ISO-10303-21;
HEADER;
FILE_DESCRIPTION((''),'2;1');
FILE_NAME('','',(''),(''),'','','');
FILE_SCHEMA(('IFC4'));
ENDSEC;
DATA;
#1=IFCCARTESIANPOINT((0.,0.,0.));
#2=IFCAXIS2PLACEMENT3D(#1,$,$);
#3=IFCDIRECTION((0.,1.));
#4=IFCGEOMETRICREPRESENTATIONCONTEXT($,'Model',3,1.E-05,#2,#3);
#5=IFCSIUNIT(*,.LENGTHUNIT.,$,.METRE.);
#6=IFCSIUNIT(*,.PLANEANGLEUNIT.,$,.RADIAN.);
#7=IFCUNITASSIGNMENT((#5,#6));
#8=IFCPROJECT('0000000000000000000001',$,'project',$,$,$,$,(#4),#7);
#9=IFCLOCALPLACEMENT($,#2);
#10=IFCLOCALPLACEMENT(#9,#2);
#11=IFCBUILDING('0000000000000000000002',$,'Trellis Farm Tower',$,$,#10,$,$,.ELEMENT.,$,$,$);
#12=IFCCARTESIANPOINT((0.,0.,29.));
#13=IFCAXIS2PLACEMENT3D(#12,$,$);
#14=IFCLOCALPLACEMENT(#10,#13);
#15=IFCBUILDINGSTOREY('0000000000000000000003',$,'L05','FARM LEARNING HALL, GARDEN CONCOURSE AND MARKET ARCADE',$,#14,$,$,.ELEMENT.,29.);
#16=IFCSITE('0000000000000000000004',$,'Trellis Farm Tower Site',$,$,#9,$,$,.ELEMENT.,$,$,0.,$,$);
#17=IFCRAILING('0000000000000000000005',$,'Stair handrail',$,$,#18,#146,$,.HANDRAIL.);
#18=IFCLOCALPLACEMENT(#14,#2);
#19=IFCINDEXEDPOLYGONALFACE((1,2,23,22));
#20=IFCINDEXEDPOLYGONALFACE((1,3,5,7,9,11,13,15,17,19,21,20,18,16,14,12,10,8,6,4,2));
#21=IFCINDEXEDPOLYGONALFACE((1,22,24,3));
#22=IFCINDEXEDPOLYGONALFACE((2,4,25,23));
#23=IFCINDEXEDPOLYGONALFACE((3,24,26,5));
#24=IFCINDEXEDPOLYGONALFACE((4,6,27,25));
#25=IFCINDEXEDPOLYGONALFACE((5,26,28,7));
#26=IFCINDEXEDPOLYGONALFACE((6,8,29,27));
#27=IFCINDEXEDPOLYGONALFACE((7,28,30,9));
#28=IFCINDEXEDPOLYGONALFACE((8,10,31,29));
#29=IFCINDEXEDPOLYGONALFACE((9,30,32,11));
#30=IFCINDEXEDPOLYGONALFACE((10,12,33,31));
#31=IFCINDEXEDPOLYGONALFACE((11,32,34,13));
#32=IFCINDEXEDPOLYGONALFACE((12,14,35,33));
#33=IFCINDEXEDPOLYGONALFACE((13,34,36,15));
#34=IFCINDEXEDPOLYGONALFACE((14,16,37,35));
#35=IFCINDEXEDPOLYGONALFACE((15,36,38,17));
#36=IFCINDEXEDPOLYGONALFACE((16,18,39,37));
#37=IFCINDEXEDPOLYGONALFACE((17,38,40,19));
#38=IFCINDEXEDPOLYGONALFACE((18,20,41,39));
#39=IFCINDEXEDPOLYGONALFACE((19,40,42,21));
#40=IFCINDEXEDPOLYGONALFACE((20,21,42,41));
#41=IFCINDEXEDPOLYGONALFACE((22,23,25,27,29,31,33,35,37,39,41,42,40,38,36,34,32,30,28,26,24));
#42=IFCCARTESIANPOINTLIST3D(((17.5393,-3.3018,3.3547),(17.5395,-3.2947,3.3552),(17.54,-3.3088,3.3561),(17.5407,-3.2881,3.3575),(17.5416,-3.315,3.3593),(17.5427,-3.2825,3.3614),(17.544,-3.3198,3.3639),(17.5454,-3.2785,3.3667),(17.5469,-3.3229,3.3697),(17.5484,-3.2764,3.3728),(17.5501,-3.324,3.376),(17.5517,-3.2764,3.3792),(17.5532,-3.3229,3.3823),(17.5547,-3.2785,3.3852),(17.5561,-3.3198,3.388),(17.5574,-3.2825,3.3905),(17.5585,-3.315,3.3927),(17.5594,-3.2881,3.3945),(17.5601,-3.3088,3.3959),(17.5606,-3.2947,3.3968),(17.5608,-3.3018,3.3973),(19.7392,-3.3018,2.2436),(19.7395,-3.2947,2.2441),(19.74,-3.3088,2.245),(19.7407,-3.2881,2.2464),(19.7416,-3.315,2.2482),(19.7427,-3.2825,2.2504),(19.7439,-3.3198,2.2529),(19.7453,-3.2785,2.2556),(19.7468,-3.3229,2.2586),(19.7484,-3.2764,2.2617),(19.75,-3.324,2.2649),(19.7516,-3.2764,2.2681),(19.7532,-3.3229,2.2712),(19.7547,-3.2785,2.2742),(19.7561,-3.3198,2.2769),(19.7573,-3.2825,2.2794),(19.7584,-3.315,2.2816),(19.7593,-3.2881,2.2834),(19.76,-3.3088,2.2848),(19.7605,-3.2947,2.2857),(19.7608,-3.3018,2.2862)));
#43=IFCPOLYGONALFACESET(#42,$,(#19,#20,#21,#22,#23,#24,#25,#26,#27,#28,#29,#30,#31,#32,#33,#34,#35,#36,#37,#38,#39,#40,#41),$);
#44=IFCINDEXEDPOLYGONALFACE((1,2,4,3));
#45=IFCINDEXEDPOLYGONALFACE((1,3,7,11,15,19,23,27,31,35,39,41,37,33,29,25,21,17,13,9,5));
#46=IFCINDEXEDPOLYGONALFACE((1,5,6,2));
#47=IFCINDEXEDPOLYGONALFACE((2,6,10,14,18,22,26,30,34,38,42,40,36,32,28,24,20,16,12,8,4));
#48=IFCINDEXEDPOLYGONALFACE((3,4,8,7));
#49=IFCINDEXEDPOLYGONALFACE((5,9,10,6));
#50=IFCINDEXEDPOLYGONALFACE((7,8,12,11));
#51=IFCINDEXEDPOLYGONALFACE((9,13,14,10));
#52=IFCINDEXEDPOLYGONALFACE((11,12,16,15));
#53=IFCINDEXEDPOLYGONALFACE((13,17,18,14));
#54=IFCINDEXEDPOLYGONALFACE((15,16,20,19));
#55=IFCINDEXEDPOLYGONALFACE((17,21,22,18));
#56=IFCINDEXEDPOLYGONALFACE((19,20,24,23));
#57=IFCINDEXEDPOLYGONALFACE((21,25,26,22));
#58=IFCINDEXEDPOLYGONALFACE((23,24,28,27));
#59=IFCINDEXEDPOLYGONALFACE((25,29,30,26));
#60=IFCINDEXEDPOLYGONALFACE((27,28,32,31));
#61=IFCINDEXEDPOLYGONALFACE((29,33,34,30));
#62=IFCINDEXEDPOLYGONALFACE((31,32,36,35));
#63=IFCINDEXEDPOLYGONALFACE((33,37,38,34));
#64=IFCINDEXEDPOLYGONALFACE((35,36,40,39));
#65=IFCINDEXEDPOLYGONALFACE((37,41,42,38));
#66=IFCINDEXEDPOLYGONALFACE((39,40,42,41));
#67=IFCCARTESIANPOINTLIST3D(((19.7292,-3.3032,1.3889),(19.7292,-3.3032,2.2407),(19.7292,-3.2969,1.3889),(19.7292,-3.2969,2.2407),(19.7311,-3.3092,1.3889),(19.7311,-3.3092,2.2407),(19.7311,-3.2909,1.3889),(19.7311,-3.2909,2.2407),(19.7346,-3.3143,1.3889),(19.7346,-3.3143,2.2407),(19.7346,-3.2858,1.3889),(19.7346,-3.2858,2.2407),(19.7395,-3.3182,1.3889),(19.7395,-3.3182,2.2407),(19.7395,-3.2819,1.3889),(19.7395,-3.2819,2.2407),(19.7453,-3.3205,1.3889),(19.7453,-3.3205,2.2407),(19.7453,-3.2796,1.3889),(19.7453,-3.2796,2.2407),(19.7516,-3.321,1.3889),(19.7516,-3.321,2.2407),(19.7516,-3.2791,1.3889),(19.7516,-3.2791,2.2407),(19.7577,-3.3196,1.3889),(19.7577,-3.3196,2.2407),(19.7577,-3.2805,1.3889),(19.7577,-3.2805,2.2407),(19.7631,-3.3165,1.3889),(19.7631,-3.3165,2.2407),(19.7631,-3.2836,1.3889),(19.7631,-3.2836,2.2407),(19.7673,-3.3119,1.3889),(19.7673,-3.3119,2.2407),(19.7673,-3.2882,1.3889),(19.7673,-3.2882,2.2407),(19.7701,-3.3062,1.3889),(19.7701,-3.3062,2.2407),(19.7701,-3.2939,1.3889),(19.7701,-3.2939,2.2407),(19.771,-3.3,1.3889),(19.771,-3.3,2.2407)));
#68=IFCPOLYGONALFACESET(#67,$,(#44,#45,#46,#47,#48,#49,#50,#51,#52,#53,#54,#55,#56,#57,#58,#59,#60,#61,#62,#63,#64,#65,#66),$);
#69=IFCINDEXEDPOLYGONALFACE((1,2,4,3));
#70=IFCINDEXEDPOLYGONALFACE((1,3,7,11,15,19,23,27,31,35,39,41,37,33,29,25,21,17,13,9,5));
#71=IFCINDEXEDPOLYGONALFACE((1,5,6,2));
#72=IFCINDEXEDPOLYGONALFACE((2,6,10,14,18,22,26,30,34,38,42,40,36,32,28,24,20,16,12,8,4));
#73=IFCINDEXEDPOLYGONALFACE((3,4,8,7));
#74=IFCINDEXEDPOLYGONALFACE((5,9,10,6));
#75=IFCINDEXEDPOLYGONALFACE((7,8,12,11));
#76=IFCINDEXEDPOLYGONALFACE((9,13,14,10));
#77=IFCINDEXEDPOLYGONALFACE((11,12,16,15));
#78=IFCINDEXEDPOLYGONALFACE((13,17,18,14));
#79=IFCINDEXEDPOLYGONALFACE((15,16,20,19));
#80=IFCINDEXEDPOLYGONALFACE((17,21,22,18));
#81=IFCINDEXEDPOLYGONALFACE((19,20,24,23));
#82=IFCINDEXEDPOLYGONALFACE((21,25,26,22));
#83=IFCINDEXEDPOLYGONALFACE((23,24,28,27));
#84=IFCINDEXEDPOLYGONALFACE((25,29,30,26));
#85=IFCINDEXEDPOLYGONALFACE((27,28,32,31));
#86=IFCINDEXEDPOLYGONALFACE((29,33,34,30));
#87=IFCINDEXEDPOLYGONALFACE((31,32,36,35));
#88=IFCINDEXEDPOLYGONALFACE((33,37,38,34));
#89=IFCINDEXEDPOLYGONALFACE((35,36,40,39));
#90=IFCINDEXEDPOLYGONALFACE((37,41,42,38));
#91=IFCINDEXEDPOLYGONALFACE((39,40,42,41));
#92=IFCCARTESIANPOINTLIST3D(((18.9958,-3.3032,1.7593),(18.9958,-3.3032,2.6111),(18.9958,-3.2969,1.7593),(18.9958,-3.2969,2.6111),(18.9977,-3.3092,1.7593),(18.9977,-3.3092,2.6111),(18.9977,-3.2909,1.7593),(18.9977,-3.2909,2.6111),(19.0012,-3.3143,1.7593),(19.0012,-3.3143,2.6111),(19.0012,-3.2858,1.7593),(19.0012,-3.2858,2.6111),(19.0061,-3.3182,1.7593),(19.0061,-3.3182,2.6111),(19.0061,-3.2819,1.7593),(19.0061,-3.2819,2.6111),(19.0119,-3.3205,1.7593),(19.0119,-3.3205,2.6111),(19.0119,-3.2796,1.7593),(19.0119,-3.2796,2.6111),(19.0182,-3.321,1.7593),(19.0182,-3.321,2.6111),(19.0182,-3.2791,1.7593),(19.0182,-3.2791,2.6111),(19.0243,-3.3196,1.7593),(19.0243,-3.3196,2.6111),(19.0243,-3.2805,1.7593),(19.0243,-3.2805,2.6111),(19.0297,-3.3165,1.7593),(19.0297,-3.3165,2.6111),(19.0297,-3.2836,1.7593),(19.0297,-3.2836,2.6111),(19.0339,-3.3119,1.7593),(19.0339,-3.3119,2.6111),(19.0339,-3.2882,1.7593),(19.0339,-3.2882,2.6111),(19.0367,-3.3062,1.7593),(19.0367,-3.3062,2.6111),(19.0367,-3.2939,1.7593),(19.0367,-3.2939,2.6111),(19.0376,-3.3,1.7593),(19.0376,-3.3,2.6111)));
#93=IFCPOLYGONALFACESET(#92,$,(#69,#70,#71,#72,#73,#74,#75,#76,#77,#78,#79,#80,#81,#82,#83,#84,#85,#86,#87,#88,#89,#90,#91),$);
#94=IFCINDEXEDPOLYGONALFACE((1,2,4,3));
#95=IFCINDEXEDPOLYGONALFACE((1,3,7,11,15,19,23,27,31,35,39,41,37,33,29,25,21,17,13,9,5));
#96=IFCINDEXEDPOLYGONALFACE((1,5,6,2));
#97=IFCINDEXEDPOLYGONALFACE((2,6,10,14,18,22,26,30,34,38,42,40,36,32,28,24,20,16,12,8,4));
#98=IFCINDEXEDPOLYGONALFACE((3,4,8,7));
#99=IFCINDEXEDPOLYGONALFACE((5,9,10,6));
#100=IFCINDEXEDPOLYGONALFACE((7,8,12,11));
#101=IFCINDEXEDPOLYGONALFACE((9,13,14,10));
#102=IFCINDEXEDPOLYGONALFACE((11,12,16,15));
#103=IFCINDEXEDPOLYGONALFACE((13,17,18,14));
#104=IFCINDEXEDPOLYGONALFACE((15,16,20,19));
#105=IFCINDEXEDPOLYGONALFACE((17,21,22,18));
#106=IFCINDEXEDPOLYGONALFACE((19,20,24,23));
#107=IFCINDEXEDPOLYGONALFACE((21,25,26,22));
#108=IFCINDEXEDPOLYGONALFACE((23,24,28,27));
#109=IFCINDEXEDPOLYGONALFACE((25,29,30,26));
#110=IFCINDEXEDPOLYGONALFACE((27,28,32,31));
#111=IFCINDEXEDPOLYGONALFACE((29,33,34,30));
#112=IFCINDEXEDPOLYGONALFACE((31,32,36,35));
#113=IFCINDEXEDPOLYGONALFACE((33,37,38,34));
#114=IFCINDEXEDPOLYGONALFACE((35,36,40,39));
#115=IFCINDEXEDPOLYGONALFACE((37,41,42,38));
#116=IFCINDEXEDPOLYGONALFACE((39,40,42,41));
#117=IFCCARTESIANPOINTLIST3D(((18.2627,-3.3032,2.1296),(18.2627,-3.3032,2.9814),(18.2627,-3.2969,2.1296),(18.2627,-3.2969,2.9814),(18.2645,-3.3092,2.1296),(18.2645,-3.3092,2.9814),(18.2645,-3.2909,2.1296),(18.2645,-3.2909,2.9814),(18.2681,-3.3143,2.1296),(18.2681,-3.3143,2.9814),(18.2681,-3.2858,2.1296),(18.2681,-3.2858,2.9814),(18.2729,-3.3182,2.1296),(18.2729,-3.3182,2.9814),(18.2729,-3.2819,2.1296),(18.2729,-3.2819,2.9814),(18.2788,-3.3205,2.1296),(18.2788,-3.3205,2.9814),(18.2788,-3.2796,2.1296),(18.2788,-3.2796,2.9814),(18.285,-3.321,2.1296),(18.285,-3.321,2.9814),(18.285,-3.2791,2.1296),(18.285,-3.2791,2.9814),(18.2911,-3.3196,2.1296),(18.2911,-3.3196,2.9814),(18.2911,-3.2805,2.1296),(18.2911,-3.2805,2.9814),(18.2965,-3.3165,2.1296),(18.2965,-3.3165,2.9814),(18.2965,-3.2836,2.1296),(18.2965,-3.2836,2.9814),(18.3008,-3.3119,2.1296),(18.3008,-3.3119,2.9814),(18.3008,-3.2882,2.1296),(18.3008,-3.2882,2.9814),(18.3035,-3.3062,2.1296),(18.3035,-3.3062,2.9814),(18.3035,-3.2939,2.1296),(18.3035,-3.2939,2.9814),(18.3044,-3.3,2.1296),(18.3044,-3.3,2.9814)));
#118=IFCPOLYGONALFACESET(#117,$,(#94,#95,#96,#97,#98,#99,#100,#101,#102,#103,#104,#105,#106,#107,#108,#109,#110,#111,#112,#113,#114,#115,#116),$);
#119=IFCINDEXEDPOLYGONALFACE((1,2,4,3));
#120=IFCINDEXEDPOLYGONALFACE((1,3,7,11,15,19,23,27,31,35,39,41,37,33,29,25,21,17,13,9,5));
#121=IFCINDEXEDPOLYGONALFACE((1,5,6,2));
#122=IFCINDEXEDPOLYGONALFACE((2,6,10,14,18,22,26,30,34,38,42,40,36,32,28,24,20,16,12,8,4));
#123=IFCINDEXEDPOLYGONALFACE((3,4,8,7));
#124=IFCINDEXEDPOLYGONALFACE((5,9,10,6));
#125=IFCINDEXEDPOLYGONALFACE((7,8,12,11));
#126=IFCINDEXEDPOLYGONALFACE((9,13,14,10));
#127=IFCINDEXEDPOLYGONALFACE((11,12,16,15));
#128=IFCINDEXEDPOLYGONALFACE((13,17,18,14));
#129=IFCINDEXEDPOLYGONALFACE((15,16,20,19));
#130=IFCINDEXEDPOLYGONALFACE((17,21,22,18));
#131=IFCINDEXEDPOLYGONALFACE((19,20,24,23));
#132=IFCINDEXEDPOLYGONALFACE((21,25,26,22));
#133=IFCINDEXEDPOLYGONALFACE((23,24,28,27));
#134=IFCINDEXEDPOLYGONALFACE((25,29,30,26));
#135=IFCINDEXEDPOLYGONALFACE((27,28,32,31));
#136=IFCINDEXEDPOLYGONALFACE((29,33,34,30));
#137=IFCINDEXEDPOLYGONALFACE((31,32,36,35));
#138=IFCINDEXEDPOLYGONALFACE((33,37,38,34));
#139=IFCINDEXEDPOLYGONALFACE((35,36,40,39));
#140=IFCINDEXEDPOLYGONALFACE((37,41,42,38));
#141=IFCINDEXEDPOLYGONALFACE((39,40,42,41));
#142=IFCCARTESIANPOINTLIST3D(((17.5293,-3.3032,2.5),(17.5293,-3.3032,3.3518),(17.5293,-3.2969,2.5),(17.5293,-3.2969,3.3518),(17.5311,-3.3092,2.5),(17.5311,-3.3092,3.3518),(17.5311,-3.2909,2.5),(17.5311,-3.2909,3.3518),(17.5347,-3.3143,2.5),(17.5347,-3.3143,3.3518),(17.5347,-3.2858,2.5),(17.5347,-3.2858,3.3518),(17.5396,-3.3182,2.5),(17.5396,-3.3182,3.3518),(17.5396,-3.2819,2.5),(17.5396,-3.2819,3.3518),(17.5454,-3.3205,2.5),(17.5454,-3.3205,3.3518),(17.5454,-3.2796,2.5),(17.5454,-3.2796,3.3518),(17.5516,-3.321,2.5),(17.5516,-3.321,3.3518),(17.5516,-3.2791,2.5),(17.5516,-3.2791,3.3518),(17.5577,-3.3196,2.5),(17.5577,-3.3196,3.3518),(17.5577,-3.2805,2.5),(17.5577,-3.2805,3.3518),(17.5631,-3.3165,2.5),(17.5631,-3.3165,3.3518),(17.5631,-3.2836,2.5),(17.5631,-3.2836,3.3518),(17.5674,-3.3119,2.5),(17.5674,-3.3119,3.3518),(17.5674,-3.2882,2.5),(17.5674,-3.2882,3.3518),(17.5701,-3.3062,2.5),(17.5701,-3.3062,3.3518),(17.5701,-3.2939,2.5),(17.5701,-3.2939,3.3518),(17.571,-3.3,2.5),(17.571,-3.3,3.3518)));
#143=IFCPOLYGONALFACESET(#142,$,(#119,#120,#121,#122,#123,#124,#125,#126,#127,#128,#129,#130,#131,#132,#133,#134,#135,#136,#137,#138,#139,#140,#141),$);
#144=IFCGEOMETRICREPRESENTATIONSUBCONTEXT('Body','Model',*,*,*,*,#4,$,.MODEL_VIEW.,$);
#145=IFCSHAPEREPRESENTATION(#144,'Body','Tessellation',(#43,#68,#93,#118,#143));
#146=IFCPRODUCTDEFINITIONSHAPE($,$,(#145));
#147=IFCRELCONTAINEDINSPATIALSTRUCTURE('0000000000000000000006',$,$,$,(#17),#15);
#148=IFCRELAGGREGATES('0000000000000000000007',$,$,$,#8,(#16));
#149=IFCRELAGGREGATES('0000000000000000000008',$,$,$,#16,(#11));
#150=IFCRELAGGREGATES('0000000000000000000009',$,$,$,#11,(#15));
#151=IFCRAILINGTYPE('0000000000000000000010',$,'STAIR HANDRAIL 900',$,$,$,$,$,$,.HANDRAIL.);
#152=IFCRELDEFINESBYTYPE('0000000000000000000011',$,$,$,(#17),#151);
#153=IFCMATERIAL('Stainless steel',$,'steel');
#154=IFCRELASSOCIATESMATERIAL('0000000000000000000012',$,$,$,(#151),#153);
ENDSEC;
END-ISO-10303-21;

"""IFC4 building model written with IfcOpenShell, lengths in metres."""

from ifc_helpers import new_model, si_unit, direction, frame, origin, origin_2d, place, context, subcontext, project, spatial, circle, extrude, source, transform, mapped, material, type_object, element, save


model = new_model("IFC4")

# Units and contexts
model_context = context("Model", 3, precision=1e-05, world=origin(), true_north=direction((0.0, 1.0)))
body_context = subcontext(model_context, "Body", "Model", "MODEL_VIEW")
ifc_project = project(units=[si_unit("LENGTHUNIT", "METRE"), si_unit("PLANEANGLEUNIT", "RADIAN")], contexts=[model_context])

# Site, building, storey
site_placement = place(None, origin())
site = spatial("IfcSite", under=ifc_project, at=site_placement, Name="Trellis Farm Tower Site", CompositionType="ELEMENT", RefElevation=0.0)
building_placement = place(site_placement, origin())
building = spatial("IfcBuilding", under=site, at=building_placement, Name="Trellis Farm Tower", CompositionType="ELEMENT")
storey_placement = place(building_placement, frame((0.0, 0.0, 29.0)))
storey = spatial("IfcBuildingStorey", under=building, at=storey_placement, Name="L05", Description="FARM LEARNING HALL, GARDEN CONCOURSE AND MARKET ARCADE", CompositionType="ELEMENT", Elevation=29.0)

# Railing
ifc_material_1 = material(Name="Stainless steel", Category="steel")
railing_type = type_object("IfcRailingType", Name="STAIR HANDRAIL 900", PredefinedType="HANDRAIL", material=ifc_material_1)
shared_shape_1 = source(origin(), body_context, "Body", "SweptSolid", [
    extrude(circle(Radius=0.0239, at=origin_2d()), frame((0.0, 0.0, 0.876), z_axis=(-0.892617, 0.0, 0.450816), x_axis=(0.0, -1.0, 0.0)), (0.0, 0.0, 1.0), 2.4646),
    extrude(circle(Radius=0.021, at=origin_2d()), origin(), (0.0, 0.0, 1.0), 0.8518),
    extrude(circle(Radius=0.021, at=origin_2d()), frame((-0.7334, 0.0, 0.3704)), (0.0, 0.0, 1.0), 0.8518),
    extrude(circle(Radius=0.021, at=origin_2d()), frame((-1.4666, 0.0, 0.7407)), (0.0, 0.0, 1.0), 0.8518),
    extrude(circle(Radius=0.021, at=origin_2d()), frame((-2.2, 0.0, 1.1111)), (0.0, 0.0, 1.0), 0.8518),
])
for number, where, name in (
    (1, (19.75, -3.3, 1.3889), "Stair handrail"),
):
    element("IfcRailing", number, at=place(storey_placement, frame(where)), inside=storey, type_object=railing_type, Name=name, PredefinedType="HANDRAIL", context=body_context, shape_type="MappedRepresentation", body=[
        mapped(shared_shape_1, transform((0.0, 0.0, 0.0))),
    ])

save(model, "model.ifc")
